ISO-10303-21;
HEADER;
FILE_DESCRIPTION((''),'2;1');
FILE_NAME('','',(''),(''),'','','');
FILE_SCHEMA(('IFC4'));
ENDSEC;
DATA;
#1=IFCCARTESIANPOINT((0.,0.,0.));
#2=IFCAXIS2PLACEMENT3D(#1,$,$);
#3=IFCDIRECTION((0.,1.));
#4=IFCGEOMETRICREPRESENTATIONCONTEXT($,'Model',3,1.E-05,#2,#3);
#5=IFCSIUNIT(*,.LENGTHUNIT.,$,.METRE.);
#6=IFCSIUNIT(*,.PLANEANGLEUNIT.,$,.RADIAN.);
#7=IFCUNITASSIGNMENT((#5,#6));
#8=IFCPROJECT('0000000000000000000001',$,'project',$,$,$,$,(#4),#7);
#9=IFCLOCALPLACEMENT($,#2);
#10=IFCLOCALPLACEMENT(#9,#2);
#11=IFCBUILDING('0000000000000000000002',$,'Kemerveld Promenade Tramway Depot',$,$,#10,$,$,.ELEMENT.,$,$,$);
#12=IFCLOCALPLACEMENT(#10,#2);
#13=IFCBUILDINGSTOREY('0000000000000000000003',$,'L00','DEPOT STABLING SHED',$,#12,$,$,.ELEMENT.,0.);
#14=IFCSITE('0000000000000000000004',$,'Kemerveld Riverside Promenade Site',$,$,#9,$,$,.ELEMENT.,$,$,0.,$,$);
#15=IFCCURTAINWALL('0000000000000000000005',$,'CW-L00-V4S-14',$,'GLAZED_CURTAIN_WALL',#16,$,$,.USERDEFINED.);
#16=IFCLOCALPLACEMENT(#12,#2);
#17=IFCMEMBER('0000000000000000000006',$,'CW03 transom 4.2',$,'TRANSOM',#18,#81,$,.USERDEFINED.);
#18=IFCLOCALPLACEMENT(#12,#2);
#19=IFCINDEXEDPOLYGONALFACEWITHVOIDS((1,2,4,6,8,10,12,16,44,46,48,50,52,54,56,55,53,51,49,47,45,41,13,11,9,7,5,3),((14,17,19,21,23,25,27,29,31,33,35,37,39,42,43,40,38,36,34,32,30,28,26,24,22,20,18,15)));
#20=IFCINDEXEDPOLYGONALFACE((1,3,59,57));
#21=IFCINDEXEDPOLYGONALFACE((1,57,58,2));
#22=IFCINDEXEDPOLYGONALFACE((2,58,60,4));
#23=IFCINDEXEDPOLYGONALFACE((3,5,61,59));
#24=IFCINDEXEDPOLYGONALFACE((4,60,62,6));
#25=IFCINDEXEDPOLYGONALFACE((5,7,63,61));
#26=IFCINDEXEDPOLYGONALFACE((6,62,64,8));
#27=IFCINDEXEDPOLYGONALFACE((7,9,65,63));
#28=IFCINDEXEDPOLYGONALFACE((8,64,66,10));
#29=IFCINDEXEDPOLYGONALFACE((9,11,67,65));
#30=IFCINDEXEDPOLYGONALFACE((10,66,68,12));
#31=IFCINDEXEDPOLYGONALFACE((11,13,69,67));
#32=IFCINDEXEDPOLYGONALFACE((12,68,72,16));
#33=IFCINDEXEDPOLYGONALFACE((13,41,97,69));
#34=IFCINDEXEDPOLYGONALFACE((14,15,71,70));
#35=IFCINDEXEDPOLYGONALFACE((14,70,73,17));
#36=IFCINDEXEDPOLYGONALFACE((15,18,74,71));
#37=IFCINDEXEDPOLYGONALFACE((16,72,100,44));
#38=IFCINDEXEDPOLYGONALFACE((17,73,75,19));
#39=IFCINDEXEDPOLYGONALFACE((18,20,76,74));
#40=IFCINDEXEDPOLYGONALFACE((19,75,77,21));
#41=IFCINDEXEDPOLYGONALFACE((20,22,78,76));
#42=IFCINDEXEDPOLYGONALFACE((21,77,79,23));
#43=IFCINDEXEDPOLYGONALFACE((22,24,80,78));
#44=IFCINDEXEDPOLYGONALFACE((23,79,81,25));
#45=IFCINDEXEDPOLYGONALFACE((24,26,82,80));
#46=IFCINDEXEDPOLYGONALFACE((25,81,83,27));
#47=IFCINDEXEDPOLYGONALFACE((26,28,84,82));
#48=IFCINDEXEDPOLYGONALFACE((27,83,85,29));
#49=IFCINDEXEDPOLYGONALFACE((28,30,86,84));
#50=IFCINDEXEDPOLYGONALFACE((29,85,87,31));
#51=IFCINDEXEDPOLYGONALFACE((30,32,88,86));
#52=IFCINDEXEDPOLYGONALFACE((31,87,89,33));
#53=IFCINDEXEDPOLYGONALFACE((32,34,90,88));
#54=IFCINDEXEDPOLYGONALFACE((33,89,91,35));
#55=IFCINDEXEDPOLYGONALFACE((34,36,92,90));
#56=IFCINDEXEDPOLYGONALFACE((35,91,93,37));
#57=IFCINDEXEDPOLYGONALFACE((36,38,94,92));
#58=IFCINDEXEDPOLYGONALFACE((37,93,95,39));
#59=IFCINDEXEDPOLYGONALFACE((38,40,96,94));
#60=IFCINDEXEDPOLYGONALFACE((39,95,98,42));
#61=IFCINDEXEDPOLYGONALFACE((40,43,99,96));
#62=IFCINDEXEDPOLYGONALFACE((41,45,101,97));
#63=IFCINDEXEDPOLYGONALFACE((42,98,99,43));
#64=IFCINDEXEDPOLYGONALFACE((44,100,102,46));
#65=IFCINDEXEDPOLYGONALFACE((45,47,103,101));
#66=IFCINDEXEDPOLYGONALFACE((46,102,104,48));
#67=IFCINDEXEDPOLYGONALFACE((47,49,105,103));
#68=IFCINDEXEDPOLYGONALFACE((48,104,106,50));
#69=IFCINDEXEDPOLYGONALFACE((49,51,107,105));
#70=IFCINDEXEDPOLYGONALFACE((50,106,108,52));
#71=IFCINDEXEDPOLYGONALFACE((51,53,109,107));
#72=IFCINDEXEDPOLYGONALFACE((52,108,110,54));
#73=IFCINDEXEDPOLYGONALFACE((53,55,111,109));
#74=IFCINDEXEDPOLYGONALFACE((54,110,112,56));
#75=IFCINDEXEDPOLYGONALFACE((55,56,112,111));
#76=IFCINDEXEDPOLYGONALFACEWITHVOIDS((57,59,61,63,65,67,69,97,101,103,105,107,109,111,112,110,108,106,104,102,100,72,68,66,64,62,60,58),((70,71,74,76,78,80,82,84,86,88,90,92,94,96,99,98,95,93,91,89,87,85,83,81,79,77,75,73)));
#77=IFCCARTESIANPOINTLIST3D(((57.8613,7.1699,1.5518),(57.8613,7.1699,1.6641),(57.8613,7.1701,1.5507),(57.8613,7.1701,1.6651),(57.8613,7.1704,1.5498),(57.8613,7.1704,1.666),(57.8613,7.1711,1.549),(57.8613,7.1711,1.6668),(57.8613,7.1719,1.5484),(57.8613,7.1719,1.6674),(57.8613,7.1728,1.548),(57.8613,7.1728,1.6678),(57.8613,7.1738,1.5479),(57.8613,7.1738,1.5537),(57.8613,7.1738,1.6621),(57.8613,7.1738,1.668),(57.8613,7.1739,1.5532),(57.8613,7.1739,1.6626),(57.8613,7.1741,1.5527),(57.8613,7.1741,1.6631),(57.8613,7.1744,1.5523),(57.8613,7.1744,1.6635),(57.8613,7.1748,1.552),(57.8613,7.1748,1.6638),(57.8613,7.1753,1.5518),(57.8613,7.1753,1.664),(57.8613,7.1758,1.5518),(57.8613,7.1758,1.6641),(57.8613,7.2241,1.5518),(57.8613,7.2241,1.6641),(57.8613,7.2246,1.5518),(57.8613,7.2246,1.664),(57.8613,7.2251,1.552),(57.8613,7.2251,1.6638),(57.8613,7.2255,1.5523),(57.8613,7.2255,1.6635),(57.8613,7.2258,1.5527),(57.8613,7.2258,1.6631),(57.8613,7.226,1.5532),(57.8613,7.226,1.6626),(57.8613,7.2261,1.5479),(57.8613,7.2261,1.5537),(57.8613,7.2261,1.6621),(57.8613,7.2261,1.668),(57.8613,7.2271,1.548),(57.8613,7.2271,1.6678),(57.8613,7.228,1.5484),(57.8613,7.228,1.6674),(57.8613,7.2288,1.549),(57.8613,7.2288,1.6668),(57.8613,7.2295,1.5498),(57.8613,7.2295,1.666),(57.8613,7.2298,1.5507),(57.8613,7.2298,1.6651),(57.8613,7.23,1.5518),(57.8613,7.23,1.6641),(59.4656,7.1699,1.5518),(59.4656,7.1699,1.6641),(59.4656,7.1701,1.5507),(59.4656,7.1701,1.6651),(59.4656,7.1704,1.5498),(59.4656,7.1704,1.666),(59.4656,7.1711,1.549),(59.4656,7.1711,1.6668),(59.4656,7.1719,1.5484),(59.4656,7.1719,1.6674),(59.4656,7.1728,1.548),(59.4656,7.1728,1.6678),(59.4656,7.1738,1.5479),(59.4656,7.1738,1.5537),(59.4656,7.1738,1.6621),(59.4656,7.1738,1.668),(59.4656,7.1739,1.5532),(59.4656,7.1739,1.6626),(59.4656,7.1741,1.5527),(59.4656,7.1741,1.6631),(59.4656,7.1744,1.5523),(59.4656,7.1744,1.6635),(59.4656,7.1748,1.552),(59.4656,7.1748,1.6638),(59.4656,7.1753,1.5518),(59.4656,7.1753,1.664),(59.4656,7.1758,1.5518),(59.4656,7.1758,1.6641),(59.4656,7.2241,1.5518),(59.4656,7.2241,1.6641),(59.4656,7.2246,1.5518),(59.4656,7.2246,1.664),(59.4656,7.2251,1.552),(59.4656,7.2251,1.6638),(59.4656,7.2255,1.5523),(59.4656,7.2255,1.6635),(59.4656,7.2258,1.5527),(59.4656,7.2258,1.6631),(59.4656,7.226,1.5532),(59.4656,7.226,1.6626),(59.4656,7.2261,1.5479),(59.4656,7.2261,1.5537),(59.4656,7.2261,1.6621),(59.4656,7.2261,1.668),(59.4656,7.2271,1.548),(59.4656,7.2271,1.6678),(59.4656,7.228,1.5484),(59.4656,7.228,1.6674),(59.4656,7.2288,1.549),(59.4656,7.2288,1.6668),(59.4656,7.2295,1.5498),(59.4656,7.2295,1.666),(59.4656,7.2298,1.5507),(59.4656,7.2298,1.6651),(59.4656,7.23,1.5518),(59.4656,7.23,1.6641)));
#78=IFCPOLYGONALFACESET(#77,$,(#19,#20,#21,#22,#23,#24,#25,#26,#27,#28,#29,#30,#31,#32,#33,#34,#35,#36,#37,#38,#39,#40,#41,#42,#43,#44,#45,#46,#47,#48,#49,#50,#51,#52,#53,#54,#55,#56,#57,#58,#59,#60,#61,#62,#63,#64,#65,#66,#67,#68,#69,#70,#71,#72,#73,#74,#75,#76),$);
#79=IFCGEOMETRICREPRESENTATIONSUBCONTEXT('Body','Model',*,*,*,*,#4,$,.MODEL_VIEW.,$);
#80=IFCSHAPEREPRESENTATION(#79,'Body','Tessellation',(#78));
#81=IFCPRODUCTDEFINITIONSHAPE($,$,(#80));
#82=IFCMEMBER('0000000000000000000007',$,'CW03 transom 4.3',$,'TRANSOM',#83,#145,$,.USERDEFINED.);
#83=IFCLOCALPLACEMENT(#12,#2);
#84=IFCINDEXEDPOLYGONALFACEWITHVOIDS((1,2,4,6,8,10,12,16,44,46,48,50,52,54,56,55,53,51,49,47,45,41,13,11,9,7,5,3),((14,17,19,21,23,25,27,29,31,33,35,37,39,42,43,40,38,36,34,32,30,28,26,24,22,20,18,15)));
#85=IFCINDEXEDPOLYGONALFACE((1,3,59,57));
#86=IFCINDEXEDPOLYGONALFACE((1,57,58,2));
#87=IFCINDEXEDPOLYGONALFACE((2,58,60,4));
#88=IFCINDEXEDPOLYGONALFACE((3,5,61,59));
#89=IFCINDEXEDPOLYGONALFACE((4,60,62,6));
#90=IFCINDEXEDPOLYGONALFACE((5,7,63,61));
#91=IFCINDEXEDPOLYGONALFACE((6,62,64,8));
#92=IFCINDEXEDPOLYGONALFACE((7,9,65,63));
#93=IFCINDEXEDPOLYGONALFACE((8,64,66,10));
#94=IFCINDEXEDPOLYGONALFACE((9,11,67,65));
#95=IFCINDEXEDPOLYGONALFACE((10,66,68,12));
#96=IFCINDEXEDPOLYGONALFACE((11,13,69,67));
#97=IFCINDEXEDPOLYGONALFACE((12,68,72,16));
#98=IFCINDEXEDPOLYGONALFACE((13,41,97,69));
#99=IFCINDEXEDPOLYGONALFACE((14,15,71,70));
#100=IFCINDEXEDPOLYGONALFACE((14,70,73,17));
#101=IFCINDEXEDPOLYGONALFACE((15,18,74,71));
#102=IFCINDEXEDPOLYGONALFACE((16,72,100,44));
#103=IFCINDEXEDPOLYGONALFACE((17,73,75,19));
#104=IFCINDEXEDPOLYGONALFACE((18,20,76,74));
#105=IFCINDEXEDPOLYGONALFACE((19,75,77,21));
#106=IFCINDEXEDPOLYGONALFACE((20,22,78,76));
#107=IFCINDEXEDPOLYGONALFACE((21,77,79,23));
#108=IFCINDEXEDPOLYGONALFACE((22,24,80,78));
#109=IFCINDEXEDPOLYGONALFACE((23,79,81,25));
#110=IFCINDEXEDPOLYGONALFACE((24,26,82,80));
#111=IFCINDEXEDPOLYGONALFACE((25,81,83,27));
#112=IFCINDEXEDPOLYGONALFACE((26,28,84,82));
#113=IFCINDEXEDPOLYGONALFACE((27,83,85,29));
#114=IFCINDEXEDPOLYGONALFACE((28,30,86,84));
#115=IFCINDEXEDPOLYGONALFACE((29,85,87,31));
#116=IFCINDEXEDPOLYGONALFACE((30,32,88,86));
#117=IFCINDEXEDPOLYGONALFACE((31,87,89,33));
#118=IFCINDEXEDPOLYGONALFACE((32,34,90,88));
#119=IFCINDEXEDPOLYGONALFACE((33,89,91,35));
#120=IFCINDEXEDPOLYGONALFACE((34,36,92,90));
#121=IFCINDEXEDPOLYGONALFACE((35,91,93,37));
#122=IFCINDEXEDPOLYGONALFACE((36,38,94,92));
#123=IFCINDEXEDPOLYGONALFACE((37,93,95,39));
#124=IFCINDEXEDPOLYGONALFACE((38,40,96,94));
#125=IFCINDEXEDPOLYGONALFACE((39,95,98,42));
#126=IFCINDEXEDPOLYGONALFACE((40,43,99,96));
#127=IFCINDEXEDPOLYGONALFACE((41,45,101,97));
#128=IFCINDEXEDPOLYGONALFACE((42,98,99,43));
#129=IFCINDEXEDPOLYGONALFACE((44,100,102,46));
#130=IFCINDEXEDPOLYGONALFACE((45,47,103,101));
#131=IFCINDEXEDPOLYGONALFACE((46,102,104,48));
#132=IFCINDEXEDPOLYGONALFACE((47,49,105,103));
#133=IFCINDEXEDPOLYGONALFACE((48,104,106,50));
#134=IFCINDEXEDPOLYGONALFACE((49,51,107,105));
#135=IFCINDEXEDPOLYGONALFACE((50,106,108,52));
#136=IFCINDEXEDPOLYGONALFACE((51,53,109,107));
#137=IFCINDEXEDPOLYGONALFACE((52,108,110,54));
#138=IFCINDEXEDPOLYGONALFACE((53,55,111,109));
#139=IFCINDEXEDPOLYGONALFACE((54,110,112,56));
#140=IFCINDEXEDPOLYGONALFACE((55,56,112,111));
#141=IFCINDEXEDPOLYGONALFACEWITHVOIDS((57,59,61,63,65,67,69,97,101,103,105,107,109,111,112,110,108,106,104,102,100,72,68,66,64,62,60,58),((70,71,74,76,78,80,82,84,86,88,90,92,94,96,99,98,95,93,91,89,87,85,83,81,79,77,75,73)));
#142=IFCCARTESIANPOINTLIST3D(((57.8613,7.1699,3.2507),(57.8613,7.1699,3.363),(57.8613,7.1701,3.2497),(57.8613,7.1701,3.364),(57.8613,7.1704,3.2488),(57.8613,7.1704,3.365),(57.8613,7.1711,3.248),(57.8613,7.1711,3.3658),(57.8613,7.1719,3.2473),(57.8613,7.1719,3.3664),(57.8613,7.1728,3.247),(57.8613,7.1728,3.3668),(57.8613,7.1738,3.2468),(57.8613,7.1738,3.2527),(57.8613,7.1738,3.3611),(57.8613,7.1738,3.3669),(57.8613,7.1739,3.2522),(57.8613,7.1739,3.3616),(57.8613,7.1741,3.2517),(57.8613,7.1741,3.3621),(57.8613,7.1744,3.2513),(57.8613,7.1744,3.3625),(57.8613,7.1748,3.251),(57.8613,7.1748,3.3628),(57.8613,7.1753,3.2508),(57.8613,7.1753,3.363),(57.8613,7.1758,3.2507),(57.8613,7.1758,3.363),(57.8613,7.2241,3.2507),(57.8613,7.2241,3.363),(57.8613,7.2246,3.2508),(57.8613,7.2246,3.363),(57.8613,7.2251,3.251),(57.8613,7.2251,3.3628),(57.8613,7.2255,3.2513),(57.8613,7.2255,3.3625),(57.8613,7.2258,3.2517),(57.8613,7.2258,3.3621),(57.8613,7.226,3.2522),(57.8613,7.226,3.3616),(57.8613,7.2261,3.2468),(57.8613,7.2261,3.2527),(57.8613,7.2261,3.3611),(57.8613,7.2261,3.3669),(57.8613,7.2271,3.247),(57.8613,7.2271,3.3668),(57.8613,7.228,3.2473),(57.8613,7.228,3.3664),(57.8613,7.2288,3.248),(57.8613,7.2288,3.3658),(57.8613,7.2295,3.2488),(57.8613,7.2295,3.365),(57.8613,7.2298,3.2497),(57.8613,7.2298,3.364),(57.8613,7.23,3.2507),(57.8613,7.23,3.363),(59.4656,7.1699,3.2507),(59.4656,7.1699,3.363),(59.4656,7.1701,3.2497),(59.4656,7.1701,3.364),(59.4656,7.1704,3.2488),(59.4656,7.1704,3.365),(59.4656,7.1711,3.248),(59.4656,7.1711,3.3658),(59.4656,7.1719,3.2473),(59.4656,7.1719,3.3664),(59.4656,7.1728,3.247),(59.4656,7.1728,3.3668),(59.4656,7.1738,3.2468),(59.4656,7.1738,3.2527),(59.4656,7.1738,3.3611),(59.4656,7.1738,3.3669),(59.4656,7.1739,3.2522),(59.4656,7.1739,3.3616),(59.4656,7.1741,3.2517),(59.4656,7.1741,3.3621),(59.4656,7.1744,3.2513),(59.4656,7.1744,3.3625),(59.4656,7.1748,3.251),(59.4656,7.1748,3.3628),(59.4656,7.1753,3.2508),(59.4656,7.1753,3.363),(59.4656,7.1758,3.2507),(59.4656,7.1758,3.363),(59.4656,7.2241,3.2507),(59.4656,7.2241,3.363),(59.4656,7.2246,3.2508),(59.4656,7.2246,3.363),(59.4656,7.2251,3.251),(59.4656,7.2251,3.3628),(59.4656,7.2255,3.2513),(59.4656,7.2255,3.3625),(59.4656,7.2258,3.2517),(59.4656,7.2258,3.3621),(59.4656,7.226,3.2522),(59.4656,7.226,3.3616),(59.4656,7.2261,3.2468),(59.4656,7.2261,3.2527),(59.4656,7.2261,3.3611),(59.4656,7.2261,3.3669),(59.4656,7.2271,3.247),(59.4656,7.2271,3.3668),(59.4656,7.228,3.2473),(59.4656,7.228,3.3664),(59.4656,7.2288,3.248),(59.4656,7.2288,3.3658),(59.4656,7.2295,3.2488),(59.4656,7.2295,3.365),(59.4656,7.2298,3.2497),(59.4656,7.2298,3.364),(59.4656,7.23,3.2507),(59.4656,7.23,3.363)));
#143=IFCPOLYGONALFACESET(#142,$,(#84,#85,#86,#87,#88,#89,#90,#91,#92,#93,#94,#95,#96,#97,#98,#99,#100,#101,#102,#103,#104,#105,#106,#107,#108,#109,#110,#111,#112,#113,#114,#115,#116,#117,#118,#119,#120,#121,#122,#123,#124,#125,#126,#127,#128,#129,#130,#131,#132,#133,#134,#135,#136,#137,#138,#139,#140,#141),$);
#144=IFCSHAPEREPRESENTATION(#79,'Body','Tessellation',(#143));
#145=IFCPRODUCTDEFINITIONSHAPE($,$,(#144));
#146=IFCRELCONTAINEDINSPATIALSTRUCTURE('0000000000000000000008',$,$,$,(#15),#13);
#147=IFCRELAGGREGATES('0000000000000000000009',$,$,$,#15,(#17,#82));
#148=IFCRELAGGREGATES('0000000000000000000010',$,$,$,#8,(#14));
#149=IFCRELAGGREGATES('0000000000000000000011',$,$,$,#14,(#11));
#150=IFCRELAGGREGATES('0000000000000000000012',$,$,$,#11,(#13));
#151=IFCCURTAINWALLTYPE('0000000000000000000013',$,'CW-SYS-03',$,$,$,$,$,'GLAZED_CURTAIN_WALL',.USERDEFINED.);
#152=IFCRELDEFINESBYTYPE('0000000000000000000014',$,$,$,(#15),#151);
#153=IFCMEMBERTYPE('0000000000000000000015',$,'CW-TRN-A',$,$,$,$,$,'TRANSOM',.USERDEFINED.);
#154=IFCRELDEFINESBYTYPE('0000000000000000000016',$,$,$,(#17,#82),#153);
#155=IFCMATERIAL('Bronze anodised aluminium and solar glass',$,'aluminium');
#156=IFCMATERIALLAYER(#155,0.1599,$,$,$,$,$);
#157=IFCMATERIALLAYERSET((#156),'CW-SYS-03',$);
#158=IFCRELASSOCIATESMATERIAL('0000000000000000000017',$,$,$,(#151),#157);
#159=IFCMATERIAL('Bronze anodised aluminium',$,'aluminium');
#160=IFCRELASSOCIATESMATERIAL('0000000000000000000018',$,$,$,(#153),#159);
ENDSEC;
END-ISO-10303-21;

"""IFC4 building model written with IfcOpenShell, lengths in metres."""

from ifc_helpers import new_model, si_unit, direction, frame, origin, origin_2d, place, context, subcontext, project, spatial, hollow_rectangle, extrude, material, layer, layer_set, material_profile, profile_set, type_object, element, aggregate, save


model = new_model("IFC4")

# Units and contexts
model_context = context("Model", 3, precision=1e-05, world=origin(), true_north=direction((0.0, 1.0)))
body_context = subcontext(model_context, "Body", "Model", "MODEL_VIEW")
ifc_project = project(units=[si_unit("LENGTHUNIT", "METRE"), si_unit("PLANEANGLEUNIT", "RADIAN")], contexts=[model_context])

# Site, building, storey
site_placement = place(None, origin())
site = spatial("IfcSite", under=ifc_project, at=site_placement, Name="Kemerveld Riverside Promenade Site", CompositionType="ELEMENT", RefElevation=0.0)
building_placement = place(site_placement, origin())
building = spatial("IfcBuilding", under=site, at=building_placement, Name="Kemerveld Promenade Tramway Depot", CompositionType="ELEMENT")
storey_placement = place(building_placement, origin())
storey = spatial("IfcBuildingStorey", under=building, at=storey_placement, Name="L00", Description="DEPOT STABLING SHED", CompositionType="ELEMENT", Elevation=0.0)

# Curtain wall, members
ifc_material_1 = material(Name="Bronze anodised aluminium and solar glass", Category="aluminium")
ifc_layer_1 = layer(ifc_material_1, 0.1599)
ifc_layer_set_1 = layer_set([ifc_layer_1], Name="CW-SYS-03")
curtain_wall_type = type_object("IfcCurtainWallType", Name="CW-SYS-03", ElementType="GLAZED_CURTAIN_WALL", PredefinedType="USERDEFINED", material=ifc_layer_set_1)
curtain_wall_placement = place(storey_placement, origin())
curtain_wall = element("IfcCurtainWall", 1, at=curtain_wall_placement, inside=storey, type_object=curtain_wall_type, Name="CW-L00-V4S-14", ObjectType="GLAZED_CURTAIN_WALL", PredefinedType="USERDEFINED")
ifc_material_2 = material(Name="Bronze anodised aluminium", Category="aluminium")
ifc_material_profile_1 = material_profile(ifc_material_2, hollow_rectangle(XDim=0.0601, YDim=0.1201, WallThickness=0.0039, InnerFilletRadius=0.002, OuterFilletRadius=0.0039, at=origin_2d()), Name="CW-TRN-120x60")
ifc_profile_set_1 = profile_set([ifc_material_profile_1], Name="Bronze anodised aluminium")
member_type_1 = type_object("IfcMemberType", Name="CW-TRN-A", ElementType="TRANSOM", PredefinedType="USERDEFINED", material=ifc_profile_set_1)
member_1_placement = place(storey_placement, frame((59.4656, 7.2, 1.6079), z_axis=(-1.0, 0.0, 0.0), x_axis=(0.0, -1.0, 0.0)))
member_1 = element("IfcMember", 2, at=member_1_placement, type_object=member_type_1, Name="CW03 transom 4.2", ObjectType="TRANSOM", PredefinedType="USERDEFINED", context=body_context, shape_type="SweptSolid", body=[
    extrude(hollow_rectangle(XDim=0.0601, YDim=0.1201, WallThickness=0.0039, InnerFilletRadius=0.002, OuterFilletRadius=0.0039, at=origin_2d()), origin(), (0.0, 0.0, 1.0), 1.6042),
])
member_2_placement = place(storey_placement, frame((59.4656, 7.2, 3.3069), z_axis=(-1.0, 0.0, 0.0), x_axis=(0.0, -1.0, 0.0)))
member_2 = element("IfcMember", 3, at=member_2_placement, type_object=member_type_1, Name="CW03 transom 4.3", ObjectType="TRANSOM", PredefinedType="USERDEFINED", context=body_context, shape_type="SweptSolid", body=[
    extrude(hollow_rectangle(XDim=0.0601, YDim=0.1201, WallThickness=0.0039, InnerFilletRadius=0.002, OuterFilletRadius=0.0039, at=origin_2d()), origin(), (0.0, 0.0, 1.0), 1.6042),
])
aggregate(curtain_wall, [member_1, member_2])

save(model, "model.ifc")
